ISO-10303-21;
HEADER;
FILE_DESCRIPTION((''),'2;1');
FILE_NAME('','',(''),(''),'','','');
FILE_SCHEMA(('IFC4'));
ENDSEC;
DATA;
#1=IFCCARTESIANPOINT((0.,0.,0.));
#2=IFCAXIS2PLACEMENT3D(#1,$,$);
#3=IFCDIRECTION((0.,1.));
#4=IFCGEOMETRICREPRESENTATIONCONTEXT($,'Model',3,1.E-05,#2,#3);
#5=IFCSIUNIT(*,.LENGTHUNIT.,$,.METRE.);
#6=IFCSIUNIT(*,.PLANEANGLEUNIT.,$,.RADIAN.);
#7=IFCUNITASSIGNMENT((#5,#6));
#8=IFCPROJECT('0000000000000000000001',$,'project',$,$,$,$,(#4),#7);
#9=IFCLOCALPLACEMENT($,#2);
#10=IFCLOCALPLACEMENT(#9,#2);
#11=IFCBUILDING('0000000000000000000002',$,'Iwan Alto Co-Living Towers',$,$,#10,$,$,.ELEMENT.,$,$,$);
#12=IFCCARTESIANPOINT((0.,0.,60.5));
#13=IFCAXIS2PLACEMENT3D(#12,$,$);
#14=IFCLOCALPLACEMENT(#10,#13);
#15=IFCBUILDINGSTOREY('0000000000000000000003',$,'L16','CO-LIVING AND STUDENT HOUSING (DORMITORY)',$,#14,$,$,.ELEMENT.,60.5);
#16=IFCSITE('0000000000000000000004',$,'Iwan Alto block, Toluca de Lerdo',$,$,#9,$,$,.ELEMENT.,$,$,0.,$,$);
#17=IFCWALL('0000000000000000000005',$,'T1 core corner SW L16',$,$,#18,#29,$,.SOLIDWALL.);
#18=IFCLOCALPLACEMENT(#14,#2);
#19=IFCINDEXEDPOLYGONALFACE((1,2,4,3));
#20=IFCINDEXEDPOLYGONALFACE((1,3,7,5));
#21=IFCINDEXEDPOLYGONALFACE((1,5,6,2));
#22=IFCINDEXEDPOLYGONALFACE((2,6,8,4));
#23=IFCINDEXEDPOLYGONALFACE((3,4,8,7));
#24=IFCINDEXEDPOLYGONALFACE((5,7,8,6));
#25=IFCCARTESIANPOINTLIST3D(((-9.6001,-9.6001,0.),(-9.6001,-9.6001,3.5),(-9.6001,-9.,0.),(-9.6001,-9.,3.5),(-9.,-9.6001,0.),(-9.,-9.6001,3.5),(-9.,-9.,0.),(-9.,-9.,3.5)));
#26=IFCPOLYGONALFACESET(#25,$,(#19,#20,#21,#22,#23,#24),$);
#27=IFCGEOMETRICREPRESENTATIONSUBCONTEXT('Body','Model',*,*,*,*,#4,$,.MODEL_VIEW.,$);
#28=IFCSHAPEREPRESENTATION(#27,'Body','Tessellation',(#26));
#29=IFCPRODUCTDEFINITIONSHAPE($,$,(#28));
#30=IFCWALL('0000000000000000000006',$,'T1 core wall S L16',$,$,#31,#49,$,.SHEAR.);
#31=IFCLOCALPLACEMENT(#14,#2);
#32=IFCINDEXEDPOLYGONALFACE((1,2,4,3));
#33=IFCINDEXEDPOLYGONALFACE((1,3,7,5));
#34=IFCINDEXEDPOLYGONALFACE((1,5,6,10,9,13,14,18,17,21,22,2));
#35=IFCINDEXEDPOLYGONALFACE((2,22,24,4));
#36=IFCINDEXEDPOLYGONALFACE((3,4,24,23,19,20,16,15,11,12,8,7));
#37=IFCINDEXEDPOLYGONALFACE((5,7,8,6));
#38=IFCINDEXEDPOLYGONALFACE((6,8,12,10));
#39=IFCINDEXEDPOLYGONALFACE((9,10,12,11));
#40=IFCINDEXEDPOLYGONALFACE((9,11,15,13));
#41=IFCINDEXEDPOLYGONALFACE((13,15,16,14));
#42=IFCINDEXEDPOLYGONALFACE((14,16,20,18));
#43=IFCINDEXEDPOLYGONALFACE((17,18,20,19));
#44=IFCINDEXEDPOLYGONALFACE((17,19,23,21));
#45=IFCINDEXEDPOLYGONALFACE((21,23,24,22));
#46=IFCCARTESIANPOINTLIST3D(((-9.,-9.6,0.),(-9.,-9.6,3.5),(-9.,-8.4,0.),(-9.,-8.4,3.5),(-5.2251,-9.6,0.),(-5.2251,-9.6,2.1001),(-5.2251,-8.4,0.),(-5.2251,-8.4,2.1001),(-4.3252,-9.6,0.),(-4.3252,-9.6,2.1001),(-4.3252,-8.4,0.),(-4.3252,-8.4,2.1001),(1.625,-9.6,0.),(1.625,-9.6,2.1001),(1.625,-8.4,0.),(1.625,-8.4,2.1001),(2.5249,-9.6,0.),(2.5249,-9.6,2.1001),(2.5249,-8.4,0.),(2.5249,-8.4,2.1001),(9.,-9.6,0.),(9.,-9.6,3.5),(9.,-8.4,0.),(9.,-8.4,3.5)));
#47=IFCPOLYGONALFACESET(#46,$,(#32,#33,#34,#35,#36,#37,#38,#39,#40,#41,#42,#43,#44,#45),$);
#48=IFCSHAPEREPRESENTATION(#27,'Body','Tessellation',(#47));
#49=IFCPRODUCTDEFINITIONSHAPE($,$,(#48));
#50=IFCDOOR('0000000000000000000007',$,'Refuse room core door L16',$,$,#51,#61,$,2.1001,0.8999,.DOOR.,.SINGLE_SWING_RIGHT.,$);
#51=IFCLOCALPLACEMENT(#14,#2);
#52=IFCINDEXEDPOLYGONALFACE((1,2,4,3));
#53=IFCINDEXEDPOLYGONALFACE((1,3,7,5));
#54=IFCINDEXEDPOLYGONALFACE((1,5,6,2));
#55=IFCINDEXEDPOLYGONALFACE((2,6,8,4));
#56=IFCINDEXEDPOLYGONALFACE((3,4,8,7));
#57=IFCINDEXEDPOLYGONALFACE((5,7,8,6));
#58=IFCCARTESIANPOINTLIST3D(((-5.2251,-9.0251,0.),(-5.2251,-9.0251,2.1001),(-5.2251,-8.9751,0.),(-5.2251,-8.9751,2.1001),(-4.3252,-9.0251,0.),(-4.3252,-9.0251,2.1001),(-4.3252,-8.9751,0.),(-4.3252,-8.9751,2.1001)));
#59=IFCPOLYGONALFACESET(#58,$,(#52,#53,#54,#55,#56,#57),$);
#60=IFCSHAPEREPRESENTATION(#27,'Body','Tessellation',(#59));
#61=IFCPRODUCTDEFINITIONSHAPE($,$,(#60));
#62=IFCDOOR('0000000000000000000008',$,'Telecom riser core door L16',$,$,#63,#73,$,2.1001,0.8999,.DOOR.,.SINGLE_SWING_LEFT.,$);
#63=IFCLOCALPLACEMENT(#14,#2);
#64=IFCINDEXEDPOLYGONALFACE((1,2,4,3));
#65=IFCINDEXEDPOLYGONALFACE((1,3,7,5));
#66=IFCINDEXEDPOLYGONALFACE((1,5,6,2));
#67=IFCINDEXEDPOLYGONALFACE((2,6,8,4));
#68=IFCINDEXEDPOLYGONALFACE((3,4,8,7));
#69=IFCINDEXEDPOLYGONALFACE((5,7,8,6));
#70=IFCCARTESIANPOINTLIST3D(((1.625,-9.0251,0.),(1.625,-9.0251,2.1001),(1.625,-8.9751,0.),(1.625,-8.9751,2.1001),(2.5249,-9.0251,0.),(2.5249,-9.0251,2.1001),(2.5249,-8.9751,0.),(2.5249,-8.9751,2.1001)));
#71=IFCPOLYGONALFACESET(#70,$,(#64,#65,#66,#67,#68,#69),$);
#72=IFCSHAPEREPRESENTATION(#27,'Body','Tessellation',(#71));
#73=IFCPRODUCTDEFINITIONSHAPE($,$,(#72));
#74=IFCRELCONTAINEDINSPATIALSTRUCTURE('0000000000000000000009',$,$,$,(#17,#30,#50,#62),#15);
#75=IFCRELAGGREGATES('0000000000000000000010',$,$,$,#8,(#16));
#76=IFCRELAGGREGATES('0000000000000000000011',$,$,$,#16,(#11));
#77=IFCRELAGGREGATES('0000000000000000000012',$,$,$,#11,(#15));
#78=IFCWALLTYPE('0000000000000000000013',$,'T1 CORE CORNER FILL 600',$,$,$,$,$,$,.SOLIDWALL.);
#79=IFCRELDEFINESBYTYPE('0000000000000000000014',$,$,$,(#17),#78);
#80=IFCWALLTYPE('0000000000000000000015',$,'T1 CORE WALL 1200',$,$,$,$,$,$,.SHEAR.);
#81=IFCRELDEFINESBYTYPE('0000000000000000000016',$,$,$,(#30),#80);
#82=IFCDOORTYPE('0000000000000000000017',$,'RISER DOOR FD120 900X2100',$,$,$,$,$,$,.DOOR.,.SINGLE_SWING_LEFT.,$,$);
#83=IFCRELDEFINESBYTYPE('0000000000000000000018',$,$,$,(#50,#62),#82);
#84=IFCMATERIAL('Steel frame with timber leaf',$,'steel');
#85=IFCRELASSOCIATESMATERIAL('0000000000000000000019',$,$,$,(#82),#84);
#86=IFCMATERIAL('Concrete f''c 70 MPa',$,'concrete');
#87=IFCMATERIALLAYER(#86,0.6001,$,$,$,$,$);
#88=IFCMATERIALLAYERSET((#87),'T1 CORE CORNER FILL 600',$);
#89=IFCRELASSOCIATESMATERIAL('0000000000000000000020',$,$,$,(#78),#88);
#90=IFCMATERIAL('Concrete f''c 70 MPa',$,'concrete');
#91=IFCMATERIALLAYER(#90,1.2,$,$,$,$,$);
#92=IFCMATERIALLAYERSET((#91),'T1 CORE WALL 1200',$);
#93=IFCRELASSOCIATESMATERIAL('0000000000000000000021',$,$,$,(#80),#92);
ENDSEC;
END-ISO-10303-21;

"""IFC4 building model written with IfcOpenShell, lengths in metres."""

from ifc_helpers import new_model, si_unit, direction, frame, frame_2d, origin, place, context, subcontext, project, spatial, rectangle, extrude, material, layer, layer_set, type_object, element, fill, save


model = new_model("IFC4")

# Units and contexts
model_context = context("Model", 3, precision=1e-05, world=origin(), true_north=direction((0.0, 1.0)))
body_context = subcontext(model_context, "Body", "Model", "MODEL_VIEW")
ifc_project = project(units=[si_unit("LENGTHUNIT", "METRE"), si_unit("PLANEANGLEUNIT", "RADIAN")], contexts=[model_context])

# Site, building, storey
site_placement = place(None, origin())
site = spatial("IfcSite", under=ifc_project, at=site_placement, Name="Iwan Alto block, Toluca de Lerdo", CompositionType="ELEMENT", RefElevation=0.0)
building_placement = place(site_placement, origin())
building = spatial("IfcBuilding", under=site, at=building_placement, Name="Iwan Alto Co-Living Towers", CompositionType="ELEMENT")
storey_placement = place(building_placement, frame((0.0, 0.0, 60.5)))
storey = spatial("IfcBuildingStorey", under=building, at=storey_placement, Name="L16", Description="CO-LIVING AND STUDENT HOUSING (DORMITORY)", CompositionType="ELEMENT", Elevation=60.5)

# Shared definitions
ifc_material_1 = material(Name="Steel frame with timber leaf", Category="steel")
door_type_1 = type_object("IfcDoorType", Name="RISER DOOR FD120 900X2100", OperationType="SINGLE_SWING_LEFT", PredefinedType="DOOR", material=ifc_material_1)

# Wall
ifc_material_2 = material(Name="Concrete f'c 70 MPa", Category="concrete")
ifc_layer_1 = layer(ifc_material_2, 0.6001)
ifc_layer_set_1 = layer_set([ifc_layer_1], Name="T1 CORE CORNER FILL 600")
wall_type_1 = type_object("IfcWallType", Name="T1 CORE CORNER FILL 600", PredefinedType="SOLIDWALL", material=ifc_layer_set_1)
wall_1_placement = place(storey_placement, frame((-9.6001, -9.3, 0.0), z_axis=(0.0, 0.0, 1.0), x_axis=(1.0, 0.0, 0.0)))
element("IfcWall", 1, at=wall_1_placement, inside=storey, type_object=wall_type_1, Name="T1 core corner SW L16", PredefinedType="SOLIDWALL", context=body_context, shape_type="SweptSolid", body=[
    extrude(rectangle(XDim=0.6001, YDim=0.6001, at=frame_2d((0.3, 0.0))), origin(), (0.0, 0.0, 1.0), 3.5),
])

# Wall, openings, doors
ifc_material_3 = material(Name="Concrete f'c 70 MPa", Category="concrete")
ifc_layer_2 = layer(ifc_material_3, 1.2)
ifc_layer_set_2 = layer_set([ifc_layer_2], Name="T1 CORE WALL 1200")
wall_type_2 = type_object("IfcWallType", Name="T1 CORE WALL 1200", PredefinedType="SHEAR", material=ifc_layer_set_2)
wall_2_placement = place(storey_placement, frame((-9.0, -9.0, 0.0), z_axis=(0.0, 0.0, 1.0), x_axis=(1.0, 0.0, 0.0)))
wall_2 = element("IfcWall", 2, at=wall_2_placement, inside=storey, type_object=wall_type_2, Name="T1 core wall S L16", PredefinedType="SHEAR", context=body_context, shape_type="SweptSolid", body=[
    extrude(rectangle(XDim=18.0, YDim=1.2, at=frame_2d((9.0, 0.0))), origin(), (0.0, 0.0, 1.0), 3.5),
])
opening_1_placement = place(wall_2_placement, frame((3.7749, 0.0, 0.0)))
opening_1 = element("IfcOpeningElement", 3, at=opening_1_placement, cuts=wall_2, PredefinedType="OPENING", context=body_context, shape_type="SweptSolid", body=[
    extrude(rectangle(XDim=0.8999, YDim=2.1001, at=frame_2d((0.45, 1.05))), frame((0.0, 0.6099, 0.0), z_axis=(0.0, -1.0, 0.0), x_axis=(1.0, 0.0, 0.0)), (0.0, 0.0, 1.0), 1.22),
])
opening_2_placement = place(wall_2_placement, frame((10.625, 0.0, 0.0)))
opening_2 = element("IfcOpeningElement", 4, at=opening_2_placement, cuts=wall_2, PredefinedType="OPENING", context=body_context, shape_type="SweptSolid", body=[
    extrude(rectangle(XDim=0.8999, YDim=2.1001, at=frame_2d((0.45, 1.05))), frame((0.0, 0.6099, 0.0), z_axis=(0.0, -1.0, 0.0), x_axis=(1.0, 0.0, 0.0)), (0.0, 0.0, 1.0), 1.22),
])
door_1_placement = place(opening_1_placement, origin())
door_1 = element("IfcDoor", 5, at=door_1_placement, inside=storey, type_object=door_type_1, Name="Refuse room core door L16", OperationType="SINGLE_SWING_RIGHT", OverallHeight=2.1001, OverallWidth=0.8999, PredefinedType="DOOR", context=body_context, shape_type="SweptSolid", body=[
    extrude(rectangle(XDim=0.8999, YDim=2.1001, at=frame_2d((0.45, 1.05))), frame((0.0, 0.0249, 0.0), z_axis=(0.0, -1.0, 0.0), x_axis=(1.0, 0.0, 0.0)), (0.0, 0.0, 1.0), 0.05),
])
fill(opening_1, door_1)
door_2_placement = place(opening_2_placement, origin())
door_2 = element("IfcDoor", 6, at=door_2_placement, inside=storey, type_object=door_type_1, Name="Telecom riser core door L16", OperationType="SINGLE_SWING_LEFT", OverallHeight=2.1001, OverallWidth=0.8999, PredefinedType="DOOR", context=body_context, shape_type="SweptSolid", body=[
    extrude(rectangle(XDim=0.8999, YDim=2.1001, at=frame_2d((0.45, 1.05))), frame((0.0, 0.0249, 0.0), z_axis=(0.0, -1.0, 0.0), x_axis=(1.0, 0.0, 0.0)), (0.0, 0.0, 1.0), 0.05),
])
fill(opening_2, door_2)

save(model, "model.ifc")
